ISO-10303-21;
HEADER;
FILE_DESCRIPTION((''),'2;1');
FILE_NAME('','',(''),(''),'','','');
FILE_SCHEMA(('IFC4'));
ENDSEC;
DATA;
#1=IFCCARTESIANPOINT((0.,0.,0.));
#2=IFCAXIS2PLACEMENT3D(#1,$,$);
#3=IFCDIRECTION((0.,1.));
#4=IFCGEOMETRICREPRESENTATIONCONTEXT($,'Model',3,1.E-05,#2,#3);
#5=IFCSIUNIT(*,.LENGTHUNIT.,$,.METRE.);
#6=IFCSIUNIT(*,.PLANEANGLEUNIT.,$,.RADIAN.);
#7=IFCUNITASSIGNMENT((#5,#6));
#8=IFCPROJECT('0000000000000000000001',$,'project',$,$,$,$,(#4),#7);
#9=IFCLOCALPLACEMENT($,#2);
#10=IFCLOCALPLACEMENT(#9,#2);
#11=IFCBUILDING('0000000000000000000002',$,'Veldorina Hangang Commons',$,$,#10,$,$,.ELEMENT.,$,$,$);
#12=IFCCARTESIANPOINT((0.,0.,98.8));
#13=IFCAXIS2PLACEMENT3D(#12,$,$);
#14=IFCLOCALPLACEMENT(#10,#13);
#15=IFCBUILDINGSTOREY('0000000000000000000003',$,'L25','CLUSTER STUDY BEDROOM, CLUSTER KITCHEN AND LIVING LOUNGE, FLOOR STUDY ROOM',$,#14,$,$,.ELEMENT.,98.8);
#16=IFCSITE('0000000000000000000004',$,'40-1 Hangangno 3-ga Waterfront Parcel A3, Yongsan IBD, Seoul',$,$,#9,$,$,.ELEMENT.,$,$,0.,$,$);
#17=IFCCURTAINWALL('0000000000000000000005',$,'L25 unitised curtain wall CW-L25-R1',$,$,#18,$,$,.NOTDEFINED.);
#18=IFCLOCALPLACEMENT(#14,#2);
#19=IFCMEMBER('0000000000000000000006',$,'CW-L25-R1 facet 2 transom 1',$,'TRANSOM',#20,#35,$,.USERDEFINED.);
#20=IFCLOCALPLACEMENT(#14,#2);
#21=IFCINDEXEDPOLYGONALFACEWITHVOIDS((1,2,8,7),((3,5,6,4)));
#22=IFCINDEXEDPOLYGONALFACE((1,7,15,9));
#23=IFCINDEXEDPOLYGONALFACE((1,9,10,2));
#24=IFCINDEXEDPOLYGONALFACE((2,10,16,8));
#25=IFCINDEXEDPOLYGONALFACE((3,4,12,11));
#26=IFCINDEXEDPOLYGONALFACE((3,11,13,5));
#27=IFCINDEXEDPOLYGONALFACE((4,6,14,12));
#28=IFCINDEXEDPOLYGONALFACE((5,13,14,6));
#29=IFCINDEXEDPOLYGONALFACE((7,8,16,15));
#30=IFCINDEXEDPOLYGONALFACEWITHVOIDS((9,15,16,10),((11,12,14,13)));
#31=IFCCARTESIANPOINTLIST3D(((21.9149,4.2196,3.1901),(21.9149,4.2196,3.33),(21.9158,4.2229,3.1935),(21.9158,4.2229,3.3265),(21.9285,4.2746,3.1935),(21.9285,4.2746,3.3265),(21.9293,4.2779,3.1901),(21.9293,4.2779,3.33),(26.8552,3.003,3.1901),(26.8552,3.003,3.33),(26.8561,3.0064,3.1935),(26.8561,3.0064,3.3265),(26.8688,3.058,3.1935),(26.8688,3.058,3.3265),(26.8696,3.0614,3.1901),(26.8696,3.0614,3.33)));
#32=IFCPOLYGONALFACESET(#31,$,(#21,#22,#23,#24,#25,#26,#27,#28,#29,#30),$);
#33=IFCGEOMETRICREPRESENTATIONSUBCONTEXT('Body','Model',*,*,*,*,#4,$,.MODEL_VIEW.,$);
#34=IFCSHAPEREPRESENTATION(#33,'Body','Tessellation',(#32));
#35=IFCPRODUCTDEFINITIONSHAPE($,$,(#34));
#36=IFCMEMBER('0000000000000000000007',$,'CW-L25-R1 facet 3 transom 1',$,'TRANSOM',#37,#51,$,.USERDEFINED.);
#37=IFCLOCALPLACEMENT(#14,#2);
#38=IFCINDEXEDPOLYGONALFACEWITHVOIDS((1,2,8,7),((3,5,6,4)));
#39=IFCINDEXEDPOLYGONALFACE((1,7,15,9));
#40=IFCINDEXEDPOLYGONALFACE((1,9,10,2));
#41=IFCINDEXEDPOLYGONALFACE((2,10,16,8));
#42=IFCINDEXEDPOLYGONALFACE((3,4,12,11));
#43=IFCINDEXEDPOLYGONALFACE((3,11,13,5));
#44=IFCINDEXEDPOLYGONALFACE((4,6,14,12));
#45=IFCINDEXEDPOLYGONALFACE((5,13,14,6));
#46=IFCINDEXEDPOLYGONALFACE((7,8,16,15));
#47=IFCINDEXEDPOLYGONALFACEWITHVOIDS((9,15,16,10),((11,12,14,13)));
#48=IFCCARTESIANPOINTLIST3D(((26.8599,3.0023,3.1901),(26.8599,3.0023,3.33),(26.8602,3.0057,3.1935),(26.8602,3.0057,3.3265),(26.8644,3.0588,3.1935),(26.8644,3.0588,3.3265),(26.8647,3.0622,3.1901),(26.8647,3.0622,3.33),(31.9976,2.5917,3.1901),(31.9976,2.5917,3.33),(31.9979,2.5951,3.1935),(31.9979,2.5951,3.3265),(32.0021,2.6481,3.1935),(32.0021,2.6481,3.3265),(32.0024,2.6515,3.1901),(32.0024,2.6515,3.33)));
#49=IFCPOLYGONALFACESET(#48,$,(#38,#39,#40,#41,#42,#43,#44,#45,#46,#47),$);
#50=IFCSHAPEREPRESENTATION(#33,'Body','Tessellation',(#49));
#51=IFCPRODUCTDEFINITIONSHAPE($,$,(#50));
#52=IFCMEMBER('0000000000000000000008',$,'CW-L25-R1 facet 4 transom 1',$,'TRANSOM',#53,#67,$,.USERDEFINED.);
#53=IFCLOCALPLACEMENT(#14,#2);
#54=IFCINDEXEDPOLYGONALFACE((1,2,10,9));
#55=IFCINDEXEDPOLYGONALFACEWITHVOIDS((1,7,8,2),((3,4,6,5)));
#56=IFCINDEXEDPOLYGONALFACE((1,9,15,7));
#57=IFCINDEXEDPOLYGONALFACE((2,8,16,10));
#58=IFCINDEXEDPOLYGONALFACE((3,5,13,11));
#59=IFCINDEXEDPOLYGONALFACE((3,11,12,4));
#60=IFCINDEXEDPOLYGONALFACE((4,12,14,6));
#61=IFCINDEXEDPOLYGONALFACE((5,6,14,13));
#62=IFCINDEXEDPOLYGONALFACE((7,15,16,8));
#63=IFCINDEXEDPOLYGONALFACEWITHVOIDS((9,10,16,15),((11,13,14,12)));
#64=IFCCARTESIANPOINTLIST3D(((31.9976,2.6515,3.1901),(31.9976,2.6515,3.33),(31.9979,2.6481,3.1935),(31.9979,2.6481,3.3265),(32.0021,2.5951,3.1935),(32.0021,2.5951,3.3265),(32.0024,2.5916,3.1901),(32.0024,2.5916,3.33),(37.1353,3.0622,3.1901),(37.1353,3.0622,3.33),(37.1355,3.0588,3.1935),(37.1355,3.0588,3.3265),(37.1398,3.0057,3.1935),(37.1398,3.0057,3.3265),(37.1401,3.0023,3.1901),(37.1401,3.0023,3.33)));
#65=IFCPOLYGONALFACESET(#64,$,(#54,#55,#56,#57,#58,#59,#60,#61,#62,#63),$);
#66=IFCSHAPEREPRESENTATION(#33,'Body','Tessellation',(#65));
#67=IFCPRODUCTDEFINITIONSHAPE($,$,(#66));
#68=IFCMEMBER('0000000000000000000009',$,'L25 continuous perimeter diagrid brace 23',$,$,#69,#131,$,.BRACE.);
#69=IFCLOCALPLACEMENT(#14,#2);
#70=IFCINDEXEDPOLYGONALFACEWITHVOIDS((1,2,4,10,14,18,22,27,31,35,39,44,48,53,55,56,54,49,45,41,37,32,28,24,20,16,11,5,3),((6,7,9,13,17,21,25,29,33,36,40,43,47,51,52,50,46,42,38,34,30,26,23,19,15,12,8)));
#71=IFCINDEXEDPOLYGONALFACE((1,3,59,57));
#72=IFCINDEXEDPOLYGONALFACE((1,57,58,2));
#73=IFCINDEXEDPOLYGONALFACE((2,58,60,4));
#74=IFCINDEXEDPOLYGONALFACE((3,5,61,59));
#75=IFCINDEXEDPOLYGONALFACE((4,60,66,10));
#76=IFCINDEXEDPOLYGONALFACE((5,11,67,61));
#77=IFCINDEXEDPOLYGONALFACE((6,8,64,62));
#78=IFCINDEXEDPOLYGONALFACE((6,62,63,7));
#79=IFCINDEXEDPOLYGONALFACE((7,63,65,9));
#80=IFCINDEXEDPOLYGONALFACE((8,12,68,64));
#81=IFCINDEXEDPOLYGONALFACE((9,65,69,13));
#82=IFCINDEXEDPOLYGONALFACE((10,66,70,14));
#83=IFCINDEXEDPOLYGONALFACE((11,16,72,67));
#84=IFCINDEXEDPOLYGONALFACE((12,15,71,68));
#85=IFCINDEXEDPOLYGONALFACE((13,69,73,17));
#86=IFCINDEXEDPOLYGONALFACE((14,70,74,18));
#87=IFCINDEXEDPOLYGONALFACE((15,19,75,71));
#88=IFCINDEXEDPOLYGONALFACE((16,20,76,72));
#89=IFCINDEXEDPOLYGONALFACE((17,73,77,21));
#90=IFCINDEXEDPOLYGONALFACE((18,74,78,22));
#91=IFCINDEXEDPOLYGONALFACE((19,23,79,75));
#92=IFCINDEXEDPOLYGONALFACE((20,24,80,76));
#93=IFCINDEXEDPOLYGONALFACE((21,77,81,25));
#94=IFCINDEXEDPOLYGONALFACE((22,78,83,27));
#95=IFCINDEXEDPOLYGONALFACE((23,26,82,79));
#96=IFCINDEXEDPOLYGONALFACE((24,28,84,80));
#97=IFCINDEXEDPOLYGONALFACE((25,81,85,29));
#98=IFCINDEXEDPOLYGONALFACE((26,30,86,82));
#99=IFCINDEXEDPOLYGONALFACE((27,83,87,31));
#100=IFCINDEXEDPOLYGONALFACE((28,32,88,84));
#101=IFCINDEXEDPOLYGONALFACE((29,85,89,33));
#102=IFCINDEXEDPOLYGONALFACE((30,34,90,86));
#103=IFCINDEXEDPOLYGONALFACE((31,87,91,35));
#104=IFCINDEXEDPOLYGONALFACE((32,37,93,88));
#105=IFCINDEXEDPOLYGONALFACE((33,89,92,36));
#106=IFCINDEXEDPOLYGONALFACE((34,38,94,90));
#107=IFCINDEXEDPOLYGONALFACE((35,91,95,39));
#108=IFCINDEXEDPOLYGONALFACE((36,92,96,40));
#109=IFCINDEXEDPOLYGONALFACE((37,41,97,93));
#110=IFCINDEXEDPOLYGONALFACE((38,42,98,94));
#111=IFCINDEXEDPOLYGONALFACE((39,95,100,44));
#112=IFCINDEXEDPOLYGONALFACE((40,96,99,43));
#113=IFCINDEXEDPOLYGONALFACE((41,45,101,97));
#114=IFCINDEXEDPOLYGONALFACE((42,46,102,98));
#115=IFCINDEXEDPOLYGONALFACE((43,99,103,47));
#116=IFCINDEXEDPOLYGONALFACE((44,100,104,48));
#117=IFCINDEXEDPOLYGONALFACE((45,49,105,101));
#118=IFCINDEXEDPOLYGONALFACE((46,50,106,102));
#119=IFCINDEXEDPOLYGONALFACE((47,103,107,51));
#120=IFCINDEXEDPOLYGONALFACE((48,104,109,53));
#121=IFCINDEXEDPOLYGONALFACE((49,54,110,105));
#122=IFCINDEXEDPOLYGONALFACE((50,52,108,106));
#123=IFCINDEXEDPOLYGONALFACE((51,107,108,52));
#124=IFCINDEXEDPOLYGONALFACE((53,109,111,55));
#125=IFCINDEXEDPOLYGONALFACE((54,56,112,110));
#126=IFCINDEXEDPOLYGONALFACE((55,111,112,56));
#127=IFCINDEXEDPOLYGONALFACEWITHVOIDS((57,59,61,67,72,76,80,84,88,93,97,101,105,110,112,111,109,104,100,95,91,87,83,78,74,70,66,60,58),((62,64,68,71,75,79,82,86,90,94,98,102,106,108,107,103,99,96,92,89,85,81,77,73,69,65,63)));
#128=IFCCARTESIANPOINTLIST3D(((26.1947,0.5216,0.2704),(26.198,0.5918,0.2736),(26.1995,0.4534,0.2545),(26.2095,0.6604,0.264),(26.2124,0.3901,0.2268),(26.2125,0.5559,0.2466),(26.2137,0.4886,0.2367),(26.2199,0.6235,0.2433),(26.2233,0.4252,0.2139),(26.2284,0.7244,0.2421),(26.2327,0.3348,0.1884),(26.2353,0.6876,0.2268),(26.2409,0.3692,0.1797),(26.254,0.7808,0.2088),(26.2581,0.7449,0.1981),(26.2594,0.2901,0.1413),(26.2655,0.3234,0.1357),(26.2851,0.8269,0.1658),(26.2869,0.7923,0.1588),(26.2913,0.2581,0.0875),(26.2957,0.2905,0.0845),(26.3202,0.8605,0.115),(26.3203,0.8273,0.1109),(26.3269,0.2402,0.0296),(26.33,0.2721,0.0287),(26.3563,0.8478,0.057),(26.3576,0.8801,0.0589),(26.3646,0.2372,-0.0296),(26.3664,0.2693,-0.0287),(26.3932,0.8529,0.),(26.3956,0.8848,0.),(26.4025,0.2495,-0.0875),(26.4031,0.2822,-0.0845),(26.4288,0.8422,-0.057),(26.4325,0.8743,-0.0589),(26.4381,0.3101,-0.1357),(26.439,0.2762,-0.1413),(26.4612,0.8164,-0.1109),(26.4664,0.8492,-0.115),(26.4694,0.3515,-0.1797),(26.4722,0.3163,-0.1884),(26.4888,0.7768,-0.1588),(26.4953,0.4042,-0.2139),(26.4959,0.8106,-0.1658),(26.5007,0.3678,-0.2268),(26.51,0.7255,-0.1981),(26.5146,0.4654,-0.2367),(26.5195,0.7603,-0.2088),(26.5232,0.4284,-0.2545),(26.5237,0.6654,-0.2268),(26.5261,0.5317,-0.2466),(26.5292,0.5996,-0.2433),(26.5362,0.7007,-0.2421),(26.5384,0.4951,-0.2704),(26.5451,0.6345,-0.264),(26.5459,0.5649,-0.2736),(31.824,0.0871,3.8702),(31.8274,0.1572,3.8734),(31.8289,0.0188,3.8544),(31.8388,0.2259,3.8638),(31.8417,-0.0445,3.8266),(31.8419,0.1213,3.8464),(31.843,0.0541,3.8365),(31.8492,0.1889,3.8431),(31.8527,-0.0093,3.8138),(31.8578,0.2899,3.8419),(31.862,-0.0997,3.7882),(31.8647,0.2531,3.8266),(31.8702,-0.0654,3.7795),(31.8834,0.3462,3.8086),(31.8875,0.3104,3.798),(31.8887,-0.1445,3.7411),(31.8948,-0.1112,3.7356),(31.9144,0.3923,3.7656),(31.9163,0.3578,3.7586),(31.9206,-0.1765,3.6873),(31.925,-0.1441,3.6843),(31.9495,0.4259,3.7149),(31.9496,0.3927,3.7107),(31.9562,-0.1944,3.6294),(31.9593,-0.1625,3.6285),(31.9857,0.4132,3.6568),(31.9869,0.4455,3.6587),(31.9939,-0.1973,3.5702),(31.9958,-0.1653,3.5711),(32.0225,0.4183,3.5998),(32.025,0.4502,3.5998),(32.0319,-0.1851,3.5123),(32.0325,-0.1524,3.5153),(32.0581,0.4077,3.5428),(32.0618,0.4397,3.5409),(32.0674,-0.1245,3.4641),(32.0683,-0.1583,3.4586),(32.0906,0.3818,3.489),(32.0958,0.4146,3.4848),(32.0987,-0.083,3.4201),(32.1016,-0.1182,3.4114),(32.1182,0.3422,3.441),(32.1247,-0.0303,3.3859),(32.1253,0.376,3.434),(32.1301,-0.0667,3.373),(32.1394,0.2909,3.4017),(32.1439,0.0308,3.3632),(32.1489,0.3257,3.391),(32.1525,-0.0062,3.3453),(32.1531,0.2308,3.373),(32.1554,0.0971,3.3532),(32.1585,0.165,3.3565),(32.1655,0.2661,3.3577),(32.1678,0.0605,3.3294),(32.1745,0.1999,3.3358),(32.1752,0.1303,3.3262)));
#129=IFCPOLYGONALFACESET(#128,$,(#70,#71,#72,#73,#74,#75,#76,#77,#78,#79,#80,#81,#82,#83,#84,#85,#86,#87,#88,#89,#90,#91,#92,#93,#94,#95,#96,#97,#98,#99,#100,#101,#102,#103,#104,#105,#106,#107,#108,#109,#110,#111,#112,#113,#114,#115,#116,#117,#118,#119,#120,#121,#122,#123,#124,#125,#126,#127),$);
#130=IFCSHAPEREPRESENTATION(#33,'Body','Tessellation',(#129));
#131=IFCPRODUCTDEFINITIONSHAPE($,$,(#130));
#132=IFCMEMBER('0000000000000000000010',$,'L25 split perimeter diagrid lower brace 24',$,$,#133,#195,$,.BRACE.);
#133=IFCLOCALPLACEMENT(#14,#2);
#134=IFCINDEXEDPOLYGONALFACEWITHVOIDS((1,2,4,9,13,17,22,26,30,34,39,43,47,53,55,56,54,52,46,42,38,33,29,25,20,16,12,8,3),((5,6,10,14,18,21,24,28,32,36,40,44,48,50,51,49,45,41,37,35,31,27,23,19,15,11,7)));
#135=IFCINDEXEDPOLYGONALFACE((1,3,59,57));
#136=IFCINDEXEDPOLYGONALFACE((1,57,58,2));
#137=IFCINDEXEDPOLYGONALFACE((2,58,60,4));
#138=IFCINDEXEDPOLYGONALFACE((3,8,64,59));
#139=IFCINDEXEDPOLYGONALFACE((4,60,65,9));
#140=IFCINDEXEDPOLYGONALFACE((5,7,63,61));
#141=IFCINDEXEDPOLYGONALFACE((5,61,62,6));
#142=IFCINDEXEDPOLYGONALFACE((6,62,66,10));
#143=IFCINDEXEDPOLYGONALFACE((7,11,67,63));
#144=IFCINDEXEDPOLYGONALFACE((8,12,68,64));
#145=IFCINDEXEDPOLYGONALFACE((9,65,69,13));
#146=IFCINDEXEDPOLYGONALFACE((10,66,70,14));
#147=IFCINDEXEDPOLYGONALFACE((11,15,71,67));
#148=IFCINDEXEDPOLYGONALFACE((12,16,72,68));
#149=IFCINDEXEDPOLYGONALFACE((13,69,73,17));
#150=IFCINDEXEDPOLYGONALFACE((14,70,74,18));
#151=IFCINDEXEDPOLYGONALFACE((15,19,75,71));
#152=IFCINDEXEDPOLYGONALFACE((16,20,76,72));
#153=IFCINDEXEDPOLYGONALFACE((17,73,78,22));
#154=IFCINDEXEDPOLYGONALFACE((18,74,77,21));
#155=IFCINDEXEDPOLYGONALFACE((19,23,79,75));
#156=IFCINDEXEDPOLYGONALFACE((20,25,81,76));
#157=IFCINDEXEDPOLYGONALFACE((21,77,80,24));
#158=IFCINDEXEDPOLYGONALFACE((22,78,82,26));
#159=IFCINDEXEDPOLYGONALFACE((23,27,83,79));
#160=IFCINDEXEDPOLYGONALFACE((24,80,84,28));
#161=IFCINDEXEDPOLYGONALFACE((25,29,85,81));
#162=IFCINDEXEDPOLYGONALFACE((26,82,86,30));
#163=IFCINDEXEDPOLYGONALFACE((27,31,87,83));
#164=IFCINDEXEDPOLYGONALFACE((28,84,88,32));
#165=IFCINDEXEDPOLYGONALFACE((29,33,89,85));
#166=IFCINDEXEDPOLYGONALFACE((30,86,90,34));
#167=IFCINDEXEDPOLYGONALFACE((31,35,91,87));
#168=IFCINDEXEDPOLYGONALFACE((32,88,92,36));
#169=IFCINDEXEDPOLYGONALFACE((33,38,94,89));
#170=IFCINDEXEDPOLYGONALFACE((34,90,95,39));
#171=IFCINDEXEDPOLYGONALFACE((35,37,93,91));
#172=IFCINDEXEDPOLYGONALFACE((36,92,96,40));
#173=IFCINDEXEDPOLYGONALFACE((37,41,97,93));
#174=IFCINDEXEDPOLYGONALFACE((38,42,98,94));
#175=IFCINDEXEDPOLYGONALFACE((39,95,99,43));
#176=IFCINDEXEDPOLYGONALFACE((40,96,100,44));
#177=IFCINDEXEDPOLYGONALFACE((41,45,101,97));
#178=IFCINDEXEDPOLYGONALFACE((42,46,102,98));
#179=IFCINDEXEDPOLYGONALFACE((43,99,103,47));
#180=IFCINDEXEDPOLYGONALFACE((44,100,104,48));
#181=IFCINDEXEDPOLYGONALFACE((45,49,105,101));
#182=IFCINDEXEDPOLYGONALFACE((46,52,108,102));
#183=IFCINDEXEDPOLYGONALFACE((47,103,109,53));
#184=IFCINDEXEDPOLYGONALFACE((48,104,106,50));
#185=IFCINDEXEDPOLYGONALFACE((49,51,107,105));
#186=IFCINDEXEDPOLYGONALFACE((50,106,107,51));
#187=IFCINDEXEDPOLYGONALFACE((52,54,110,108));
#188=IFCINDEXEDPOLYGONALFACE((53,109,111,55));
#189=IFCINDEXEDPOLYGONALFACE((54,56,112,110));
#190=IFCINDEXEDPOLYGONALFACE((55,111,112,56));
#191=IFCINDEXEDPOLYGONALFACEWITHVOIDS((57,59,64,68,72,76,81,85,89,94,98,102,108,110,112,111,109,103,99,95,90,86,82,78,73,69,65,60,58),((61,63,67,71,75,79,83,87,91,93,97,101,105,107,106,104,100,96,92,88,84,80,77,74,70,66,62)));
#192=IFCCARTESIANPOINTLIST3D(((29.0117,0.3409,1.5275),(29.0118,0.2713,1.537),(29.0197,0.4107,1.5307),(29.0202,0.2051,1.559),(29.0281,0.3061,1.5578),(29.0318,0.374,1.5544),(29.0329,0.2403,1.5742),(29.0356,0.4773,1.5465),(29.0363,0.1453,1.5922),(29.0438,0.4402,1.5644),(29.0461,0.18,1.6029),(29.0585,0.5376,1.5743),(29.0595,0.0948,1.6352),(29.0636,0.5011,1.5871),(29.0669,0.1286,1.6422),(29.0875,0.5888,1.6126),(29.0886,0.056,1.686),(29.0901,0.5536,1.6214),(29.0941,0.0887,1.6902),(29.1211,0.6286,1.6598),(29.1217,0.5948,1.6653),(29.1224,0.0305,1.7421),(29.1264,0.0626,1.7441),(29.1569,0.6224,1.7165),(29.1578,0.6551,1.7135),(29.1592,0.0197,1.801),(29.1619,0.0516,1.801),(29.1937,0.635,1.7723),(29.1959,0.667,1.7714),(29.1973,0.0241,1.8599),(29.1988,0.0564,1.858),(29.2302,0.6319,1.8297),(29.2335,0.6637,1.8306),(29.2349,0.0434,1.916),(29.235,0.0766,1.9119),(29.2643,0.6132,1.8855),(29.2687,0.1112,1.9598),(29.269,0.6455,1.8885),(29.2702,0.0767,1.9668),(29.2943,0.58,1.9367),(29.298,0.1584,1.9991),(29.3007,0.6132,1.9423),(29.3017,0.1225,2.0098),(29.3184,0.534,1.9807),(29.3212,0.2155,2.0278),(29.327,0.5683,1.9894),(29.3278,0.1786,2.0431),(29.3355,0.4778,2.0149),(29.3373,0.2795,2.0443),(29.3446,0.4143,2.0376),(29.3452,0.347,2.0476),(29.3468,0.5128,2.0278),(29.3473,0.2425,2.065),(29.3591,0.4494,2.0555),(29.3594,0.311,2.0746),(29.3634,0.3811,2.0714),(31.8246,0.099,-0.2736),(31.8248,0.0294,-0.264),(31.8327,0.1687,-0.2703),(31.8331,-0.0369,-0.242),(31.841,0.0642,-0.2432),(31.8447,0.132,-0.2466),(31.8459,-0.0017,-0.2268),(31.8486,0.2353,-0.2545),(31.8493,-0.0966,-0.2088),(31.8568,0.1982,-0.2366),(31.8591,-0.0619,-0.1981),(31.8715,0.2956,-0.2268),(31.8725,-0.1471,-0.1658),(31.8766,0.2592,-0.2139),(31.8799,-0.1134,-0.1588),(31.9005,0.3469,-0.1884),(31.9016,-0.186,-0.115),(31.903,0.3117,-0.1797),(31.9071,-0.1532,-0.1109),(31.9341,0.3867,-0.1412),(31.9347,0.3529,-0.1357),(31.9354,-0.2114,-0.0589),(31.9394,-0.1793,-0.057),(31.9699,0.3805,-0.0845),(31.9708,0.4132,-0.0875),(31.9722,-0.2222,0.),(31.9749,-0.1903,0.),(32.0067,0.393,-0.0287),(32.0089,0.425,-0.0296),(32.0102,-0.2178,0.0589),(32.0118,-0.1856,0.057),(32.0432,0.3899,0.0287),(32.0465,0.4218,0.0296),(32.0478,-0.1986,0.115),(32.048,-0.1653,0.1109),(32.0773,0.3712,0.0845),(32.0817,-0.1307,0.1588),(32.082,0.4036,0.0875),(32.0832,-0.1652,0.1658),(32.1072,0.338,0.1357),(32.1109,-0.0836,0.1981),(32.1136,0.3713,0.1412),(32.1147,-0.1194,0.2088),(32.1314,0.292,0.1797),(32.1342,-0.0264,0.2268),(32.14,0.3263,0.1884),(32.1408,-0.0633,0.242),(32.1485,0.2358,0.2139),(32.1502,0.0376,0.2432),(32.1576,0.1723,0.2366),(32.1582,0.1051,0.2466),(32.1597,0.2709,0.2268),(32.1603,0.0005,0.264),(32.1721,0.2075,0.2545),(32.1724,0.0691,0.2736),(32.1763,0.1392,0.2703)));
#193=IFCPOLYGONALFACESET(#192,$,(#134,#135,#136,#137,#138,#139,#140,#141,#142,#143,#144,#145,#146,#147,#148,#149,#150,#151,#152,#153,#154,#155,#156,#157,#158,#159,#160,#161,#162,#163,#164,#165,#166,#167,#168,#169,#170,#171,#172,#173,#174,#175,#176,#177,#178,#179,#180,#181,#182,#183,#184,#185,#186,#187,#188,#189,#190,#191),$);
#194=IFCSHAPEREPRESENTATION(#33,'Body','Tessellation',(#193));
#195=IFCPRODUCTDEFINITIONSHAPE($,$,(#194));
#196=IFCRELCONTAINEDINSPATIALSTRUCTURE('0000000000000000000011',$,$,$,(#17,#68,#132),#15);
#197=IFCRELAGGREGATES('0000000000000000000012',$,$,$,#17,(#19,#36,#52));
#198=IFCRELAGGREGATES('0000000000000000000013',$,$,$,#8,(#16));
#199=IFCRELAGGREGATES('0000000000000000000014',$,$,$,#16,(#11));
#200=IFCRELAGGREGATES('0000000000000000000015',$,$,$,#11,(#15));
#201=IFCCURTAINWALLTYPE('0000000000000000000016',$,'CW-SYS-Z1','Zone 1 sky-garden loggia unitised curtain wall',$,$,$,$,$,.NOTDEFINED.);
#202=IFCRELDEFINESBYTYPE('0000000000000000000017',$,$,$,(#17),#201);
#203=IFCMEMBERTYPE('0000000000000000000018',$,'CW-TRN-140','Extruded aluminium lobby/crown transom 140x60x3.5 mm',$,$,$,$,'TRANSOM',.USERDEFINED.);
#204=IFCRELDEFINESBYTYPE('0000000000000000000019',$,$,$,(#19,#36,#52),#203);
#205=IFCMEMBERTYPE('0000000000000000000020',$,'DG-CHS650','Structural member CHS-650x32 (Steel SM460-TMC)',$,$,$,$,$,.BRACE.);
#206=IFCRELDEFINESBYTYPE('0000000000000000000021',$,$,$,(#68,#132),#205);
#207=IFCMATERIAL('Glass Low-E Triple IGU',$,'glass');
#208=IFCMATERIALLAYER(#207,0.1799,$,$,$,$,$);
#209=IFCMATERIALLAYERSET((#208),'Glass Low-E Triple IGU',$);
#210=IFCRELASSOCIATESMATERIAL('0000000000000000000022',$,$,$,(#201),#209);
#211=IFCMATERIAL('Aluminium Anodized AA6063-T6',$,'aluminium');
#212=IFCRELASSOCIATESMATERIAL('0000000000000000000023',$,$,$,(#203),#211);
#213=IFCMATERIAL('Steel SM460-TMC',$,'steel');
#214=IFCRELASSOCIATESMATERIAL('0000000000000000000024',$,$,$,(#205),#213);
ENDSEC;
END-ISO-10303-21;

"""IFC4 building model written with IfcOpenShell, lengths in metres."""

from ifc_helpers import new_model, si_unit, direction, frame, origin, origin_2d, place, context, subcontext, project, spatial, hollow_rectangle, hollow_circle, extrude, material, layer, layer_set, material_profile, profile_set, type_object, element, aggregate, save


model = new_model("IFC4")

# Units and contexts
model_context = context("Model", 3, precision=1e-05, world=origin(), true_north=direction((0.0, 1.0)))
body_context = subcontext(model_context, "Body", "Model", "MODEL_VIEW")
ifc_project = project(units=[si_unit("LENGTHUNIT", "METRE"), si_unit("PLANEANGLEUNIT", "RADIAN")], contexts=[model_context])

# Site, building, storey
site_placement = place(None, origin())
site = spatial("IfcSite", under=ifc_project, at=site_placement, Name="40-1 Hangangno 3-ga Waterfront Parcel A3, Yongsan IBD, Seoul", CompositionType="ELEMENT", RefElevation=0.0)
building_placement = place(site_placement, origin())
building = spatial("IfcBuilding", under=site, at=building_placement, Name="Veldorina Hangang Commons", CompositionType="ELEMENT")
storey_placement = place(building_placement, frame((0.0, 0.0, 98.8)))
storey = spatial("IfcBuildingStorey", under=building, at=storey_placement, Name="L25", Description="CLUSTER STUDY BEDROOM, CLUSTER KITCHEN AND LIVING LOUNGE, FLOOR STUDY ROOM", CompositionType="ELEMENT", Elevation=98.8)

# Curtain wall, members
ifc_material_1 = material(Name="Glass Low-E Triple IGU", Category="glass")
ifc_layer_1 = layer(ifc_material_1, 0.1799)
ifc_layer_set_1 = layer_set([ifc_layer_1], Name="Glass Low-E Triple IGU")
curtain_wall_type = type_object("IfcCurtainWallType", Name="CW-SYS-Z1", Description="Zone 1 sky-garden loggia unitised curtain wall", PredefinedType="NOTDEFINED", material=ifc_layer_set_1)
curtain_wall_placement = place(storey_placement, origin())
curtain_wall = element("IfcCurtainWall", 1, at=curtain_wall_placement, inside=storey, type_object=curtain_wall_type, Name="L25 unitised curtain wall CW-L25-R1", PredefinedType="NOTDEFINED")
ifc_material_2 = material(Name="Aluminium Anodized AA6063-T6", Category="aluminium")
ifc_material_profile_1 = material_profile(ifc_material_2, hollow_rectangle(XDim=0.0601, YDim=0.1399, WallThickness=0.0034, at=origin_2d()), Name="ALU-RHS-140x60x3.5")
ifc_profile_set_1 = profile_set([ifc_material_profile_1], Name="Aluminium Anodized AA6063-T6")
member_type_1 = type_object("IfcMemberType", Name="CW-TRN-140", Description="Extruded aluminium lobby/crown transom 140x60x3.5 mm", ElementType="TRANSOM", PredefinedType="USERDEFINED", material=ifc_profile_set_1)
member_1_placement = place(storey_placement, frame((21.9221, 4.2488, 3.26), z_axis=(0.970992, -0.239113, 0.0), x_axis=(0.239113, 0.970992, 0.0)))
member_1 = element("IfcMember", 2, at=member_1_placement, type_object=member_type_1, Name="CW-L25-R1 facet 2 transom 1", ObjectType="TRANSOM", PredefinedType="USERDEFINED", context=body_context, shape_type="SweptSolid", body=[
    extrude(hollow_rectangle(XDim=0.0601, YDim=0.1399, WallThickness=0.0034, at=origin_2d()), origin(), (0.0, 0.0, 1.0), 5.0879),
])
member_2_placement = place(storey_placement, frame((26.8623, 3.0322, 3.26), z_axis=(0.996821, -0.079674, 0.0), x_axis=(0.079674, 0.996821, 0.0)))
member_2 = element("IfcMember", 3, at=member_2_placement, type_object=member_type_1, Name="CW-L25-R1 facet 3 transom 1", ObjectType="TRANSOM", PredefinedType="USERDEFINED", context=body_context, shape_type="SweptSolid", body=[
    extrude(hollow_rectangle(XDim=0.0601, YDim=0.1399, WallThickness=0.0034, at=origin_2d()), origin(), (0.0, 0.0, 1.0), 5.1541),
])
member_3_placement = place(storey_placement, frame((32.0, 2.6216, 3.26), z_axis=(0.996821, 0.079674, 0.0), x_axis=(-0.079674, 0.996821, 0.0)))
member_3 = element("IfcMember", 4, at=member_3_placement, type_object=member_type_1, Name="CW-L25-R1 facet 4 transom 1", ObjectType="TRANSOM", PredefinedType="USERDEFINED", context=body_context, shape_type="SweptSolid", body=[
    extrude(hollow_rectangle(XDim=0.0601, YDim=0.1399, WallThickness=0.0034, at=origin_2d()), origin(), (0.0, 0.0, 1.0), 5.1541),
])

# Members
ifc_material_3 = material(Name="Steel SM460-TMC", Category="steel")
ifc_material_profile_2 = material_profile(ifc_material_3, hollow_circle(Radius=0.325, WallThickness=0.032, at=origin_2d()), Name="CHS-650x32")
ifc_profile_set_2 = profile_set([ifc_material_profile_2], Name="Steel SM460-TMC")
member_type_2 = type_object("IfcMemberType", Name="DG-CHS650", Description="Structural member CHS-650x32 (Steel SM460-TMC)", PredefinedType="BRACE", material=ifc_profile_set_2)
member_4_placement = place(storey_placement, frame((26.3706, 0.5608, 0.0), z_axis=(0.840696, -0.064899, 0.537604), x_axis=(0.076968, 0.997034, 0.0)))
element("IfcMember", 5, at=member_4_placement, inside=storey, type_object=member_type_2, Name="L25 continuous perimeter diagrid brace 23", PredefinedType="BRACE", context=body_context, shape_type="SweptSolid", body=[
    extrude(hollow_circle(Radius=0.325, WallThickness=0.032, at=origin_2d()), origin(), (0.0, 0.0, 1.0), 6.696),
])
member_5_placement = place(storey_placement, frame((32.0, 0.1016, 0.0), z_axis=(-0.839974, 0.072246, 0.537796), x_axis=(-0.085693, -0.996322, 0.0)))
element("IfcMember", 6, at=member_5_placement, inside=storey, type_object=member_type_2, Name="L25 split perimeter diagrid lower brace 24", PredefinedType="BRACE", context=body_context, shape_type="SweptSolid", body=[
    extrude(hollow_circle(Radius=0.325, WallThickness=0.032, at=origin_2d()), origin(), (0.0, 0.0, 1.0), 3.3489),
])

aggregate(curtain_wall, [member_1, member_2, member_3])

save(model, "model.ifc")
